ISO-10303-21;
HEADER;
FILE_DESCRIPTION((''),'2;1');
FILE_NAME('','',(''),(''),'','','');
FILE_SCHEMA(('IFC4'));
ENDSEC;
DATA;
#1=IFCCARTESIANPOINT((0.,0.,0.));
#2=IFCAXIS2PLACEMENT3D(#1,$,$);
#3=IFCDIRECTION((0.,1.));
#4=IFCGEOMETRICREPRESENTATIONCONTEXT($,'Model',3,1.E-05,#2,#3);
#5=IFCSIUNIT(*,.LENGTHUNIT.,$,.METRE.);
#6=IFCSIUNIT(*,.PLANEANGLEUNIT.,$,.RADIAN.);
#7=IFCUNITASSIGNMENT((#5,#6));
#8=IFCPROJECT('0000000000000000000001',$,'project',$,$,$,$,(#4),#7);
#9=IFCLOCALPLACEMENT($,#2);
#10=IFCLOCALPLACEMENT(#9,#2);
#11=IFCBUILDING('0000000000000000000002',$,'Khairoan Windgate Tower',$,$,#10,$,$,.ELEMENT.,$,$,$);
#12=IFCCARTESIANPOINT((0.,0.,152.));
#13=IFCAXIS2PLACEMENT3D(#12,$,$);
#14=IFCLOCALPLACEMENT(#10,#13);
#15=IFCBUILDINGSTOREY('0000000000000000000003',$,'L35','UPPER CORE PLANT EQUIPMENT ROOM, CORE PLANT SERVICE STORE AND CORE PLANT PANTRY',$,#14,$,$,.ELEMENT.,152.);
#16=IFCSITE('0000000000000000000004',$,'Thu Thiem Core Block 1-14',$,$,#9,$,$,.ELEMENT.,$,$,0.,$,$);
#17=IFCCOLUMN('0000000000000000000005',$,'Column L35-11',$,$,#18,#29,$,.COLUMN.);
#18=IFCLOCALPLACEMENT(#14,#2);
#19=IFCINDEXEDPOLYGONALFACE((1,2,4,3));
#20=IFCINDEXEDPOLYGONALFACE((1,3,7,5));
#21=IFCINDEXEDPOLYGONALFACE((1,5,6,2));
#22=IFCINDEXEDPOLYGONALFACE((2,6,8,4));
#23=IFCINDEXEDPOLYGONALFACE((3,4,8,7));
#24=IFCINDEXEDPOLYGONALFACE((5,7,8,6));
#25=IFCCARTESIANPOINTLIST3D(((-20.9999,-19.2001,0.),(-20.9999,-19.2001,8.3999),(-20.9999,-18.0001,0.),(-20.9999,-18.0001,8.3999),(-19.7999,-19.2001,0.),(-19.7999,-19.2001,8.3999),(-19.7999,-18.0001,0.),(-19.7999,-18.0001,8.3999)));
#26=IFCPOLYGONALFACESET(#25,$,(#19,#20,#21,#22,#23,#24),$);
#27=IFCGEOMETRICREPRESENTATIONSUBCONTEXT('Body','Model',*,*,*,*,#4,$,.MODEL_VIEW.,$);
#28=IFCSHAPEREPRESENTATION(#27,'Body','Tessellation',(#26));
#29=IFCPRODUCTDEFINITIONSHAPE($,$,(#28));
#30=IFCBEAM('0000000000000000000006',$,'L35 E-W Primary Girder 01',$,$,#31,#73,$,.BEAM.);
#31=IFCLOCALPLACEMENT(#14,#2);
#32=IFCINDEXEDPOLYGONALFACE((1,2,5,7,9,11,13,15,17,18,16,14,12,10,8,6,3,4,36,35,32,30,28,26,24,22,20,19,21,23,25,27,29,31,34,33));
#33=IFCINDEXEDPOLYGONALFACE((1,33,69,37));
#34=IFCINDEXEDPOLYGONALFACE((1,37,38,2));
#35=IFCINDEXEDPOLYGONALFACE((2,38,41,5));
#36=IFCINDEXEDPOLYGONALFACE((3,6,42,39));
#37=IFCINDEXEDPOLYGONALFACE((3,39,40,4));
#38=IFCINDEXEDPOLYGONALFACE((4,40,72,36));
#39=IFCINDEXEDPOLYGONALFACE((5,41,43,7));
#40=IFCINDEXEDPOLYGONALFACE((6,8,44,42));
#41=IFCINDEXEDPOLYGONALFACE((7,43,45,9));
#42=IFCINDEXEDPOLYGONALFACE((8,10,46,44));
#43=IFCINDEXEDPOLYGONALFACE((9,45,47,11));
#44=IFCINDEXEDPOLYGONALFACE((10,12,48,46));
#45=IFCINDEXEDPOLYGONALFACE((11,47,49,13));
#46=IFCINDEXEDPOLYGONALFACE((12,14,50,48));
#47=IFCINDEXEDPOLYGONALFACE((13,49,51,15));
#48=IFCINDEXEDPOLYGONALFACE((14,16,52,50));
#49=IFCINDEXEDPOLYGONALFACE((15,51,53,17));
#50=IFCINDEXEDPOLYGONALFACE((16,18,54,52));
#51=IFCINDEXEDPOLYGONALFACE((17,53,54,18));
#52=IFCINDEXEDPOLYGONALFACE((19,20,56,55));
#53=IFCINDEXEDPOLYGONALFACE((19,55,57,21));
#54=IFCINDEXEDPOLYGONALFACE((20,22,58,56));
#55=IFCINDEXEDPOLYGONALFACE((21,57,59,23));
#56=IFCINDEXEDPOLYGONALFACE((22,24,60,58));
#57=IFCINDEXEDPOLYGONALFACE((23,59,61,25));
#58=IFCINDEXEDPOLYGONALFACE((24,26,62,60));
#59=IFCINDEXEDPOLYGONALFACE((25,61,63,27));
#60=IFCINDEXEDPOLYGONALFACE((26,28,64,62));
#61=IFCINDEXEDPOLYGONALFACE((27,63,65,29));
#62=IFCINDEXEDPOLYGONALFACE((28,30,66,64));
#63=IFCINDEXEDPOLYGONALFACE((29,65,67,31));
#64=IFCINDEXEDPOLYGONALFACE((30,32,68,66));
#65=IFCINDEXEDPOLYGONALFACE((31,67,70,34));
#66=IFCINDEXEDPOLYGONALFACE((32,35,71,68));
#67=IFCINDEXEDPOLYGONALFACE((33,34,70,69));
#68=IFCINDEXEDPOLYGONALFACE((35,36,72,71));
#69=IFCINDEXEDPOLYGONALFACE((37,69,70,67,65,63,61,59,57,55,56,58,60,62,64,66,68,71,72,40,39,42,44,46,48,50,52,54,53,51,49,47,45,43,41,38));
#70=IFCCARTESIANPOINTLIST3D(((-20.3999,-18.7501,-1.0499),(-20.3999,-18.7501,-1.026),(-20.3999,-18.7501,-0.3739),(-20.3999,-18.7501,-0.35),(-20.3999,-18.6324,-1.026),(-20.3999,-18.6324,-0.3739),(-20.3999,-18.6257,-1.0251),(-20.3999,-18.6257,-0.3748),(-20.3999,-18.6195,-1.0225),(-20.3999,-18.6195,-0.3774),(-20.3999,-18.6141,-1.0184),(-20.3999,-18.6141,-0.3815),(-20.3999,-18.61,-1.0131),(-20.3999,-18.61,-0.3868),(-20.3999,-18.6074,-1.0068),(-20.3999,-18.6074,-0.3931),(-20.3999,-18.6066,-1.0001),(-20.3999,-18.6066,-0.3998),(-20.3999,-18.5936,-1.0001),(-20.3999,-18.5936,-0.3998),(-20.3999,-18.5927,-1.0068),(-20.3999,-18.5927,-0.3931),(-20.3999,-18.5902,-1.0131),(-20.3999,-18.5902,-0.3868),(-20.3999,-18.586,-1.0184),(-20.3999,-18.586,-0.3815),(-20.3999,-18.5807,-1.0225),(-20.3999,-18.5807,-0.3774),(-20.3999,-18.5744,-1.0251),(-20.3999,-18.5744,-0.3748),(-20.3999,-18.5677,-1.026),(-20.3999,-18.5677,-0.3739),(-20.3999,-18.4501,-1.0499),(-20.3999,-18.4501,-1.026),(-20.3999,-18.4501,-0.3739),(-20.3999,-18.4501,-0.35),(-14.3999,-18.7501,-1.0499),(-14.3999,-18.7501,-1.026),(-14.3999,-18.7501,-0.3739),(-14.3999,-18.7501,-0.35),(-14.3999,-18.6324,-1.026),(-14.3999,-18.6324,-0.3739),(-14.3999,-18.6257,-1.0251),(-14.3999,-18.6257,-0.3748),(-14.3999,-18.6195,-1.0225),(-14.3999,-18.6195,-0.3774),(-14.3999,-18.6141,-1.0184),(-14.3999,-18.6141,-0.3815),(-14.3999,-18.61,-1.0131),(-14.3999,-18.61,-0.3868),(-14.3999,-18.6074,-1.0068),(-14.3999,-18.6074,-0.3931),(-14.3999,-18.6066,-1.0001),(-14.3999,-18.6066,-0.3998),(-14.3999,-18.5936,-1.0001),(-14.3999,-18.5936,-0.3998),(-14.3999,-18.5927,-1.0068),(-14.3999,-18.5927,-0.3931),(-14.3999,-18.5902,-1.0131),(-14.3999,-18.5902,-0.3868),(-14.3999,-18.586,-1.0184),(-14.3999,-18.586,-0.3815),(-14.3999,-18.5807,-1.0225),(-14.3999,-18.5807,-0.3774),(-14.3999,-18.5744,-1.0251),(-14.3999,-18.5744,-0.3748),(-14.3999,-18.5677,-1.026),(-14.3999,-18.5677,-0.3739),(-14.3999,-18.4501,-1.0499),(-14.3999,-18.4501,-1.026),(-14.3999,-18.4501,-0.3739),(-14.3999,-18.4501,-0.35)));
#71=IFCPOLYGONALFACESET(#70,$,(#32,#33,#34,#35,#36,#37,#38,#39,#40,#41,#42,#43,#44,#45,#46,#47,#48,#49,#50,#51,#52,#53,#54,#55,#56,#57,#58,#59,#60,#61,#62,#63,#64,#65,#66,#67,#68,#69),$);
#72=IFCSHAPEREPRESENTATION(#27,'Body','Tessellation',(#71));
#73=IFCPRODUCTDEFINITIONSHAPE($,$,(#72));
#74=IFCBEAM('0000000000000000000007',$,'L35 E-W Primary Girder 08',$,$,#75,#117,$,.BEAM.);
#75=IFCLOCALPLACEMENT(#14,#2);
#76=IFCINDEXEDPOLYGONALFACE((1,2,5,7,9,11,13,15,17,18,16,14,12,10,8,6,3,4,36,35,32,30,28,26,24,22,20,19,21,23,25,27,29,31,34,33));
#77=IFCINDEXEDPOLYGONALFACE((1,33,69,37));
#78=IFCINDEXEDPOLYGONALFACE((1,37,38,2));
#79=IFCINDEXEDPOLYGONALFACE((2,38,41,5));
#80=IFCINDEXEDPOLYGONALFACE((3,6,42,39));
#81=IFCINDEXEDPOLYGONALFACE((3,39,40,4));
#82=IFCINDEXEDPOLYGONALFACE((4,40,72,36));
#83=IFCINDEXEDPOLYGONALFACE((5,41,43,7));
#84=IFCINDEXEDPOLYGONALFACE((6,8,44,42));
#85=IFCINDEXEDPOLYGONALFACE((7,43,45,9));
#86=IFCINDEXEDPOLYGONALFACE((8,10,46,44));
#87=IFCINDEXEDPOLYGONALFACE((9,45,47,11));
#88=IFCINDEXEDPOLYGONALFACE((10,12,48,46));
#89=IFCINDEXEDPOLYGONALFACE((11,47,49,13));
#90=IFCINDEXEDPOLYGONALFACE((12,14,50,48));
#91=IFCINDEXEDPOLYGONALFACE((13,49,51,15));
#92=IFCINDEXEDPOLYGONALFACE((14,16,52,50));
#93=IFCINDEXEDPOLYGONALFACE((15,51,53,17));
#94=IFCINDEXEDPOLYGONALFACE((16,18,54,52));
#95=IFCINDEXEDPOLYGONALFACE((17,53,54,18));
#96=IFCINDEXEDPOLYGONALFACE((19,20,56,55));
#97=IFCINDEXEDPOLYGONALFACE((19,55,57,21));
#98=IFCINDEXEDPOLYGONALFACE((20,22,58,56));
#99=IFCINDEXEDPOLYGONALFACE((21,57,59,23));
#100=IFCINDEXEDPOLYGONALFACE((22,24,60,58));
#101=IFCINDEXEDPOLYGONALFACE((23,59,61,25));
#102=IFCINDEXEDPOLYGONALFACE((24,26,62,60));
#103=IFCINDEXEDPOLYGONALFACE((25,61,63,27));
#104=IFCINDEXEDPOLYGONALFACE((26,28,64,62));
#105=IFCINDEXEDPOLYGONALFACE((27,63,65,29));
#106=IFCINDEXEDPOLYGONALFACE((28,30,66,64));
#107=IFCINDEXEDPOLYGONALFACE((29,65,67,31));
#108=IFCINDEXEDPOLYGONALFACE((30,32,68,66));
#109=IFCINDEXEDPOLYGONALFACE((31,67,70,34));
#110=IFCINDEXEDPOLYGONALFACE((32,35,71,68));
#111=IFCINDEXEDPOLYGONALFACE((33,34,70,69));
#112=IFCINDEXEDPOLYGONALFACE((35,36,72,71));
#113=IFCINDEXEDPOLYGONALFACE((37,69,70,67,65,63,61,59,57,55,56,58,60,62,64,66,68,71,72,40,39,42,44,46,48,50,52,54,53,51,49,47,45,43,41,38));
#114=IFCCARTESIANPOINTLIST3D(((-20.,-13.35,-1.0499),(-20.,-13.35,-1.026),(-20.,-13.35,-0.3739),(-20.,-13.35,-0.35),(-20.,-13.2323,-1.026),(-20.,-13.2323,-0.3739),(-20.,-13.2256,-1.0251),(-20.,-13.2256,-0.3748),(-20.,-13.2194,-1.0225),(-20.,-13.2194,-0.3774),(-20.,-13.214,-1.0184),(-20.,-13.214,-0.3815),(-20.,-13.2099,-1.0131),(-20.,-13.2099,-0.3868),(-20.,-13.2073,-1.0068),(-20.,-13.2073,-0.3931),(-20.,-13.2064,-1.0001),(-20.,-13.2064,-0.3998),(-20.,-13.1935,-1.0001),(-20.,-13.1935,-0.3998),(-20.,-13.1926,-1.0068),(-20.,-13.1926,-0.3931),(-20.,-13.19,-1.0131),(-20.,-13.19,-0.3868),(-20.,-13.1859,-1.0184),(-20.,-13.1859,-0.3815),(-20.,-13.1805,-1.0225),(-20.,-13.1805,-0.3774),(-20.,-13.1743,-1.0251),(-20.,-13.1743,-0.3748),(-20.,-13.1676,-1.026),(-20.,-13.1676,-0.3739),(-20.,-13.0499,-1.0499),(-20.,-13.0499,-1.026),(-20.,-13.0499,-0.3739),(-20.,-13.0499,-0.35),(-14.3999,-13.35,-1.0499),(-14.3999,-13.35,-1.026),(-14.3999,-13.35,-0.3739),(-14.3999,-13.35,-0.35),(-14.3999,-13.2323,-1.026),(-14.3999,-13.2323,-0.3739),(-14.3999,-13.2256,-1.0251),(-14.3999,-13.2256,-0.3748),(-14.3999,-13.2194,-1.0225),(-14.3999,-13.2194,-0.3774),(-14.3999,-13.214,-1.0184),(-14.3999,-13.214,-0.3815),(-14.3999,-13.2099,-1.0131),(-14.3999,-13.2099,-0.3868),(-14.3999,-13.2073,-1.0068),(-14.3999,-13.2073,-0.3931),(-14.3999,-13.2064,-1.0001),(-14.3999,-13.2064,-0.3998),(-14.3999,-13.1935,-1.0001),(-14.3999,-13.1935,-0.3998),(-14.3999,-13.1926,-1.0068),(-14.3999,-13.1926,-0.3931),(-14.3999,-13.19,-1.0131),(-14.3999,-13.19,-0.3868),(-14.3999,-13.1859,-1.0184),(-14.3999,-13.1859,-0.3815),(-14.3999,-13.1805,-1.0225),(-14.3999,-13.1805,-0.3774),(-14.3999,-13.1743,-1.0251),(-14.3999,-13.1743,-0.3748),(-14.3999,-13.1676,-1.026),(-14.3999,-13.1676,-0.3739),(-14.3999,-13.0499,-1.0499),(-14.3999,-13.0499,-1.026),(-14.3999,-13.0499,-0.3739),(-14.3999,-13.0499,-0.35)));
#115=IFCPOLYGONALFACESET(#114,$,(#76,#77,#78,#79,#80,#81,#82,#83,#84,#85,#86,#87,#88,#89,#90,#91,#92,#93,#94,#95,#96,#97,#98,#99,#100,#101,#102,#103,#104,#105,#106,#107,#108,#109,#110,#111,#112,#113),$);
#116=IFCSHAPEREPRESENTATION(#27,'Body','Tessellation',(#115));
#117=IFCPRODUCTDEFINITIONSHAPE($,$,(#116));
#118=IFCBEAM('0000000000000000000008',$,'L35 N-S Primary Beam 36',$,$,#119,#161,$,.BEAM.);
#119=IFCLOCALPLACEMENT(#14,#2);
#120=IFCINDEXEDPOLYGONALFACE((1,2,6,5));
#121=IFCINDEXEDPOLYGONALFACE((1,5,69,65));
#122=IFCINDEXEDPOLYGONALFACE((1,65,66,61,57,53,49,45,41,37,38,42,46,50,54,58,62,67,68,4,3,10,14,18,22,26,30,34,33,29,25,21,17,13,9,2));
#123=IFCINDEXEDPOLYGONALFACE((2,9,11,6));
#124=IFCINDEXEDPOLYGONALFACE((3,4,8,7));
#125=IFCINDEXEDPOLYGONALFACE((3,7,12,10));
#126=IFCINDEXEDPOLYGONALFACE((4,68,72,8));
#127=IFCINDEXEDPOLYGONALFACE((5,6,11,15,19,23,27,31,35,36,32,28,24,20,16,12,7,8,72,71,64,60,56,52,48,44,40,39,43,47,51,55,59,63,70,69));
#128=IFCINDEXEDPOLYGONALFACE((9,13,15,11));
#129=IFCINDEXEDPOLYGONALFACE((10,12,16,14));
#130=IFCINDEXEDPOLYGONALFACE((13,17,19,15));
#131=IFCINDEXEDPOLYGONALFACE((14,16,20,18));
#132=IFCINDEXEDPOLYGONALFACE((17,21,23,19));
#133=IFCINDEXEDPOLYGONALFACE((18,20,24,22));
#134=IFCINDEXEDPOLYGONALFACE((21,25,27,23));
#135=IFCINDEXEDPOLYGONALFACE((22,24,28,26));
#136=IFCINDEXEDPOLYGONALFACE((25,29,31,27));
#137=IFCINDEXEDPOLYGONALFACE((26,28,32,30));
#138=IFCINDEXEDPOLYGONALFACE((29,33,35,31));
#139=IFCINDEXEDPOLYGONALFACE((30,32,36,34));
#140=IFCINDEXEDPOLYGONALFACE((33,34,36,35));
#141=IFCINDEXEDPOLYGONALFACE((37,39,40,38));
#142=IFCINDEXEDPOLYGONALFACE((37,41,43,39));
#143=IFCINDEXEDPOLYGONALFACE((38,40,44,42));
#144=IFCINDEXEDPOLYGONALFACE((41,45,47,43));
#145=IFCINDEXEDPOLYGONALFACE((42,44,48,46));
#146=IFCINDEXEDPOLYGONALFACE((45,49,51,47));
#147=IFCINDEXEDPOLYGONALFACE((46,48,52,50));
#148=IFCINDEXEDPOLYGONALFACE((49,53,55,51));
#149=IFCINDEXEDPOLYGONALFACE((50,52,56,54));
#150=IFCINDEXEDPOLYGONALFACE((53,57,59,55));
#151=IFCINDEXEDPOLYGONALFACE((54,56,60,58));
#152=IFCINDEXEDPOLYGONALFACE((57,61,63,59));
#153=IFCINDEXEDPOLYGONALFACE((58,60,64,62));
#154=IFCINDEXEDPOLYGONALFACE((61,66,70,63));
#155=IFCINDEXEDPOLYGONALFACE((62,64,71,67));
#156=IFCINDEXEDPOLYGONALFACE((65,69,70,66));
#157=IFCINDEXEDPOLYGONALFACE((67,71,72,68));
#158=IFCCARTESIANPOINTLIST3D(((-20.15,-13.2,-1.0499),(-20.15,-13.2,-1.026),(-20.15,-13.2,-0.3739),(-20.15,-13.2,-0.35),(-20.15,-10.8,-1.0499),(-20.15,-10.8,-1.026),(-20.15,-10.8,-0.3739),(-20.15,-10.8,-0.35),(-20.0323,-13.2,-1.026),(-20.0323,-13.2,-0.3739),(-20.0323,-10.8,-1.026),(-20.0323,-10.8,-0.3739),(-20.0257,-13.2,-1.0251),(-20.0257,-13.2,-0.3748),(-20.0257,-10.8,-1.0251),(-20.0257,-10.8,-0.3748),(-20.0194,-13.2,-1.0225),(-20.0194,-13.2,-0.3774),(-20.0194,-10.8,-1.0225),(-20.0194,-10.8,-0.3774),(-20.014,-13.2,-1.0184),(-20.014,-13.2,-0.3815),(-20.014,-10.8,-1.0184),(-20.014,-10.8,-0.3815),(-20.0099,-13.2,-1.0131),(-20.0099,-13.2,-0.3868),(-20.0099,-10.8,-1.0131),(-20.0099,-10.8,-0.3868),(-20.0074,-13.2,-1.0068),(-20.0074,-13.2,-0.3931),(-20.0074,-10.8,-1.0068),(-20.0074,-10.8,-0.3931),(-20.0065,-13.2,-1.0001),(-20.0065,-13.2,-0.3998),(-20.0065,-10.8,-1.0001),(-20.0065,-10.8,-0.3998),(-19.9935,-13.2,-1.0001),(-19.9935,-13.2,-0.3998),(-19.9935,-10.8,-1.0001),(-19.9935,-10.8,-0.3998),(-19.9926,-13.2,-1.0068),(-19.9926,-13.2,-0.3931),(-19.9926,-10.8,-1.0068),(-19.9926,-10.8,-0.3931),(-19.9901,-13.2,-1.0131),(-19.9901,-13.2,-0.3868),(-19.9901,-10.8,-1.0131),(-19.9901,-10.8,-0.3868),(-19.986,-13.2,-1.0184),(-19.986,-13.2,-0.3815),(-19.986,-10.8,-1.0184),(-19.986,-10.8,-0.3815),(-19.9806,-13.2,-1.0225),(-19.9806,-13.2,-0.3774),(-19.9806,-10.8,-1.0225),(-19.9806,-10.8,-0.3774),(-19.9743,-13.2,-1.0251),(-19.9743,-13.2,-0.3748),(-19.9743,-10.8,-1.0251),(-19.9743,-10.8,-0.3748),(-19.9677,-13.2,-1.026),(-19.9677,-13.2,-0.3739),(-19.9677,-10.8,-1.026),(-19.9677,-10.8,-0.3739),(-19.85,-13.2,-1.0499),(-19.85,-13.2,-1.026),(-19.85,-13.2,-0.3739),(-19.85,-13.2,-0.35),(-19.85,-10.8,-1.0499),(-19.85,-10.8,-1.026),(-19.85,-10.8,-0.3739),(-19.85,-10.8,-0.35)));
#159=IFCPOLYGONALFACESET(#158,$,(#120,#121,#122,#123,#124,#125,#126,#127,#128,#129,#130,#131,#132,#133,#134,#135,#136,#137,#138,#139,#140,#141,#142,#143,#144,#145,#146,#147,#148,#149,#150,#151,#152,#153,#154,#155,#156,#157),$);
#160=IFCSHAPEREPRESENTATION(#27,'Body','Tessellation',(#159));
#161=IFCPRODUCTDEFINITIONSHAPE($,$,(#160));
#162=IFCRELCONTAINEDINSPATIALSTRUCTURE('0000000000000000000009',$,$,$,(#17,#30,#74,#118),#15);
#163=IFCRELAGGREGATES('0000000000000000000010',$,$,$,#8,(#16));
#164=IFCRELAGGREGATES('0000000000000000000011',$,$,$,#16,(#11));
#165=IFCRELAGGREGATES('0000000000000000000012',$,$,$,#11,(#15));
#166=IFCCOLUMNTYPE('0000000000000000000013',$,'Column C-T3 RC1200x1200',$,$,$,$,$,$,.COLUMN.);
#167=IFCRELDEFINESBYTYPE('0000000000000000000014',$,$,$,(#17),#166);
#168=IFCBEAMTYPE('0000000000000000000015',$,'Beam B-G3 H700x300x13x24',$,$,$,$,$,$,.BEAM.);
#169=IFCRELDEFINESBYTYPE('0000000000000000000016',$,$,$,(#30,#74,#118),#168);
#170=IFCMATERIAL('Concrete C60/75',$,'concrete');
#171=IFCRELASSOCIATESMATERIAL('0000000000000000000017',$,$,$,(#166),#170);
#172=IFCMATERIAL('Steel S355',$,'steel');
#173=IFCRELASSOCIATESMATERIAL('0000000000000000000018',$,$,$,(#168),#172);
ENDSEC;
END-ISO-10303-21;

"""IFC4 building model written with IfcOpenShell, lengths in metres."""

from ifc_helpers import new_model, si_unit, direction, frame, origin, origin_2d, place, context, subcontext, project, spatial, rectangle, i_section, extrude, material, material_profile, profile_set, type_object, element, save


model = new_model("IFC4")

# Units and contexts
model_context = context("Model", 3, precision=1e-05, world=origin(), true_north=direction((0.0, 1.0)))
body_context = subcontext(model_context, "Body", "Model", "MODEL_VIEW")
ifc_project = project(units=[si_unit("LENGTHUNIT", "METRE"), si_unit("PLANEANGLEUNIT", "RADIAN")], contexts=[model_context])

# Site, building, storey
site_placement = place(None, origin())
site = spatial("IfcSite", under=ifc_project, at=site_placement, Name="Thu Thiem Core Block 1-14", CompositionType="ELEMENT", RefElevation=0.0)
building_placement = place(site_placement, origin())
building = spatial("IfcBuilding", under=site, at=building_placement, Name="Khairoan Windgate Tower", CompositionType="ELEMENT")
storey_placement = place(building_placement, frame((0.0, 0.0, 152.0)))
storey = spatial("IfcBuildingStorey", under=building, at=storey_placement, Name="L35", Description="UPPER CORE PLANT EQUIPMENT ROOM, CORE PLANT SERVICE STORE AND CORE PLANT PANTRY", CompositionType="ELEMENT", Elevation=152.0)

# Column
ifc_material_1 = material(Name="Concrete C60/75", Category="concrete")
ifc_material_profile_1 = material_profile(ifc_material_1, rectangle(XDim=1.2, YDim=1.2, at=origin_2d()))
ifc_profile_set_1 = profile_set([ifc_material_profile_1], Name="Concrete C60/75")
column_type = type_object("IfcColumnType", Name="Column C-T3 RC1200x1200", PredefinedType="COLUMN", material=ifc_profile_set_1)
column_placement = place(storey_placement, frame((-20.3999, -18.6001, 0.0), z_axis=(0.0, 0.0, 1.0), x_axis=(1.0, 0.0, 0.0)))
element("IfcColumn", 1, at=column_placement, inside=storey, type_object=column_type, Name="Column L35-11", PredefinedType="COLUMN", context=body_context, shape_type="SweptSolid", body=[
    extrude(rectangle(XDim=1.2, YDim=1.2, at=origin_2d()), origin(), (0.0, 0.0, 1.0), 8.3999),
])

# Beams
ifc_material_2 = material(Name="Steel S355", Category="steel")
ifc_material_profile_2 = material_profile(ifc_material_2, i_section(OverallWidth=0.3, OverallDepth=0.7, WebThickness=0.0129, FlangeThickness=0.0239, FilletRadius=0.0259, at=origin_2d()))
ifc_profile_set_2 = profile_set([ifc_material_profile_2], Name="Steel S355")
beam_type = type_object("IfcBeamType", Name="Beam B-G3 H700x300x13x24", PredefinedType="BEAM", material=ifc_profile_set_2)
beam_1_placement = place(storey_placement, frame((-20.3999, -18.6001, -0.7), z_axis=(1.0, 0.0, 0.0), x_axis=(0.0, 1.0, 0.0)))
element("IfcBeam", 2, at=beam_1_placement, inside=storey, type_object=beam_type, Name="L35 E-W Primary Girder 01", PredefinedType="BEAM", context=body_context, shape_type="SweptSolid", body=[
    extrude(i_section(OverallWidth=0.3, OverallDepth=0.7, WebThickness=0.0129, FlangeThickness=0.0239, FilletRadius=0.0259, at=origin_2d()), origin(), (0.0, 0.0, 1.0), 6.0),
])
beam_2_placement = place(storey_placement, frame((-20.0, -13.2, -0.7), z_axis=(1.0, 0.0, 0.0), x_axis=(0.0, 1.0, 0.0)))
element("IfcBeam", 3, at=beam_2_placement, inside=storey, type_object=beam_type, Name="L35 E-W Primary Girder 08", PredefinedType="BEAM", context=body_context, shape_type="SweptSolid", body=[
    extrude(i_section(OverallWidth=0.3, OverallDepth=0.7, WebThickness=0.0129, FlangeThickness=0.0239, FilletRadius=0.0259, at=origin_2d()), origin(), (0.0, 0.0, 1.0), 5.6001),
])
beam_3_placement = place(storey_placement, frame((-20.0, -13.2, -0.7), z_axis=(0.0, 1.0, 0.0), x_axis=(-1.0, 0.0, 0.0)))
element("IfcBeam", 4, at=beam_3_placement, inside=storey, type_object=beam_type, Name="L35 N-S Primary Beam 36", PredefinedType="BEAM", context=body_context, shape_type="SweptSolid", body=[
    extrude(i_section(OverallWidth=0.3, OverallDepth=0.7, WebThickness=0.0129, FlangeThickness=0.0239, FilletRadius=0.0259, at=origin_2d()), origin(), (0.0, 0.0, 1.0), 2.3999),
])

save(model, "model.ifc")
